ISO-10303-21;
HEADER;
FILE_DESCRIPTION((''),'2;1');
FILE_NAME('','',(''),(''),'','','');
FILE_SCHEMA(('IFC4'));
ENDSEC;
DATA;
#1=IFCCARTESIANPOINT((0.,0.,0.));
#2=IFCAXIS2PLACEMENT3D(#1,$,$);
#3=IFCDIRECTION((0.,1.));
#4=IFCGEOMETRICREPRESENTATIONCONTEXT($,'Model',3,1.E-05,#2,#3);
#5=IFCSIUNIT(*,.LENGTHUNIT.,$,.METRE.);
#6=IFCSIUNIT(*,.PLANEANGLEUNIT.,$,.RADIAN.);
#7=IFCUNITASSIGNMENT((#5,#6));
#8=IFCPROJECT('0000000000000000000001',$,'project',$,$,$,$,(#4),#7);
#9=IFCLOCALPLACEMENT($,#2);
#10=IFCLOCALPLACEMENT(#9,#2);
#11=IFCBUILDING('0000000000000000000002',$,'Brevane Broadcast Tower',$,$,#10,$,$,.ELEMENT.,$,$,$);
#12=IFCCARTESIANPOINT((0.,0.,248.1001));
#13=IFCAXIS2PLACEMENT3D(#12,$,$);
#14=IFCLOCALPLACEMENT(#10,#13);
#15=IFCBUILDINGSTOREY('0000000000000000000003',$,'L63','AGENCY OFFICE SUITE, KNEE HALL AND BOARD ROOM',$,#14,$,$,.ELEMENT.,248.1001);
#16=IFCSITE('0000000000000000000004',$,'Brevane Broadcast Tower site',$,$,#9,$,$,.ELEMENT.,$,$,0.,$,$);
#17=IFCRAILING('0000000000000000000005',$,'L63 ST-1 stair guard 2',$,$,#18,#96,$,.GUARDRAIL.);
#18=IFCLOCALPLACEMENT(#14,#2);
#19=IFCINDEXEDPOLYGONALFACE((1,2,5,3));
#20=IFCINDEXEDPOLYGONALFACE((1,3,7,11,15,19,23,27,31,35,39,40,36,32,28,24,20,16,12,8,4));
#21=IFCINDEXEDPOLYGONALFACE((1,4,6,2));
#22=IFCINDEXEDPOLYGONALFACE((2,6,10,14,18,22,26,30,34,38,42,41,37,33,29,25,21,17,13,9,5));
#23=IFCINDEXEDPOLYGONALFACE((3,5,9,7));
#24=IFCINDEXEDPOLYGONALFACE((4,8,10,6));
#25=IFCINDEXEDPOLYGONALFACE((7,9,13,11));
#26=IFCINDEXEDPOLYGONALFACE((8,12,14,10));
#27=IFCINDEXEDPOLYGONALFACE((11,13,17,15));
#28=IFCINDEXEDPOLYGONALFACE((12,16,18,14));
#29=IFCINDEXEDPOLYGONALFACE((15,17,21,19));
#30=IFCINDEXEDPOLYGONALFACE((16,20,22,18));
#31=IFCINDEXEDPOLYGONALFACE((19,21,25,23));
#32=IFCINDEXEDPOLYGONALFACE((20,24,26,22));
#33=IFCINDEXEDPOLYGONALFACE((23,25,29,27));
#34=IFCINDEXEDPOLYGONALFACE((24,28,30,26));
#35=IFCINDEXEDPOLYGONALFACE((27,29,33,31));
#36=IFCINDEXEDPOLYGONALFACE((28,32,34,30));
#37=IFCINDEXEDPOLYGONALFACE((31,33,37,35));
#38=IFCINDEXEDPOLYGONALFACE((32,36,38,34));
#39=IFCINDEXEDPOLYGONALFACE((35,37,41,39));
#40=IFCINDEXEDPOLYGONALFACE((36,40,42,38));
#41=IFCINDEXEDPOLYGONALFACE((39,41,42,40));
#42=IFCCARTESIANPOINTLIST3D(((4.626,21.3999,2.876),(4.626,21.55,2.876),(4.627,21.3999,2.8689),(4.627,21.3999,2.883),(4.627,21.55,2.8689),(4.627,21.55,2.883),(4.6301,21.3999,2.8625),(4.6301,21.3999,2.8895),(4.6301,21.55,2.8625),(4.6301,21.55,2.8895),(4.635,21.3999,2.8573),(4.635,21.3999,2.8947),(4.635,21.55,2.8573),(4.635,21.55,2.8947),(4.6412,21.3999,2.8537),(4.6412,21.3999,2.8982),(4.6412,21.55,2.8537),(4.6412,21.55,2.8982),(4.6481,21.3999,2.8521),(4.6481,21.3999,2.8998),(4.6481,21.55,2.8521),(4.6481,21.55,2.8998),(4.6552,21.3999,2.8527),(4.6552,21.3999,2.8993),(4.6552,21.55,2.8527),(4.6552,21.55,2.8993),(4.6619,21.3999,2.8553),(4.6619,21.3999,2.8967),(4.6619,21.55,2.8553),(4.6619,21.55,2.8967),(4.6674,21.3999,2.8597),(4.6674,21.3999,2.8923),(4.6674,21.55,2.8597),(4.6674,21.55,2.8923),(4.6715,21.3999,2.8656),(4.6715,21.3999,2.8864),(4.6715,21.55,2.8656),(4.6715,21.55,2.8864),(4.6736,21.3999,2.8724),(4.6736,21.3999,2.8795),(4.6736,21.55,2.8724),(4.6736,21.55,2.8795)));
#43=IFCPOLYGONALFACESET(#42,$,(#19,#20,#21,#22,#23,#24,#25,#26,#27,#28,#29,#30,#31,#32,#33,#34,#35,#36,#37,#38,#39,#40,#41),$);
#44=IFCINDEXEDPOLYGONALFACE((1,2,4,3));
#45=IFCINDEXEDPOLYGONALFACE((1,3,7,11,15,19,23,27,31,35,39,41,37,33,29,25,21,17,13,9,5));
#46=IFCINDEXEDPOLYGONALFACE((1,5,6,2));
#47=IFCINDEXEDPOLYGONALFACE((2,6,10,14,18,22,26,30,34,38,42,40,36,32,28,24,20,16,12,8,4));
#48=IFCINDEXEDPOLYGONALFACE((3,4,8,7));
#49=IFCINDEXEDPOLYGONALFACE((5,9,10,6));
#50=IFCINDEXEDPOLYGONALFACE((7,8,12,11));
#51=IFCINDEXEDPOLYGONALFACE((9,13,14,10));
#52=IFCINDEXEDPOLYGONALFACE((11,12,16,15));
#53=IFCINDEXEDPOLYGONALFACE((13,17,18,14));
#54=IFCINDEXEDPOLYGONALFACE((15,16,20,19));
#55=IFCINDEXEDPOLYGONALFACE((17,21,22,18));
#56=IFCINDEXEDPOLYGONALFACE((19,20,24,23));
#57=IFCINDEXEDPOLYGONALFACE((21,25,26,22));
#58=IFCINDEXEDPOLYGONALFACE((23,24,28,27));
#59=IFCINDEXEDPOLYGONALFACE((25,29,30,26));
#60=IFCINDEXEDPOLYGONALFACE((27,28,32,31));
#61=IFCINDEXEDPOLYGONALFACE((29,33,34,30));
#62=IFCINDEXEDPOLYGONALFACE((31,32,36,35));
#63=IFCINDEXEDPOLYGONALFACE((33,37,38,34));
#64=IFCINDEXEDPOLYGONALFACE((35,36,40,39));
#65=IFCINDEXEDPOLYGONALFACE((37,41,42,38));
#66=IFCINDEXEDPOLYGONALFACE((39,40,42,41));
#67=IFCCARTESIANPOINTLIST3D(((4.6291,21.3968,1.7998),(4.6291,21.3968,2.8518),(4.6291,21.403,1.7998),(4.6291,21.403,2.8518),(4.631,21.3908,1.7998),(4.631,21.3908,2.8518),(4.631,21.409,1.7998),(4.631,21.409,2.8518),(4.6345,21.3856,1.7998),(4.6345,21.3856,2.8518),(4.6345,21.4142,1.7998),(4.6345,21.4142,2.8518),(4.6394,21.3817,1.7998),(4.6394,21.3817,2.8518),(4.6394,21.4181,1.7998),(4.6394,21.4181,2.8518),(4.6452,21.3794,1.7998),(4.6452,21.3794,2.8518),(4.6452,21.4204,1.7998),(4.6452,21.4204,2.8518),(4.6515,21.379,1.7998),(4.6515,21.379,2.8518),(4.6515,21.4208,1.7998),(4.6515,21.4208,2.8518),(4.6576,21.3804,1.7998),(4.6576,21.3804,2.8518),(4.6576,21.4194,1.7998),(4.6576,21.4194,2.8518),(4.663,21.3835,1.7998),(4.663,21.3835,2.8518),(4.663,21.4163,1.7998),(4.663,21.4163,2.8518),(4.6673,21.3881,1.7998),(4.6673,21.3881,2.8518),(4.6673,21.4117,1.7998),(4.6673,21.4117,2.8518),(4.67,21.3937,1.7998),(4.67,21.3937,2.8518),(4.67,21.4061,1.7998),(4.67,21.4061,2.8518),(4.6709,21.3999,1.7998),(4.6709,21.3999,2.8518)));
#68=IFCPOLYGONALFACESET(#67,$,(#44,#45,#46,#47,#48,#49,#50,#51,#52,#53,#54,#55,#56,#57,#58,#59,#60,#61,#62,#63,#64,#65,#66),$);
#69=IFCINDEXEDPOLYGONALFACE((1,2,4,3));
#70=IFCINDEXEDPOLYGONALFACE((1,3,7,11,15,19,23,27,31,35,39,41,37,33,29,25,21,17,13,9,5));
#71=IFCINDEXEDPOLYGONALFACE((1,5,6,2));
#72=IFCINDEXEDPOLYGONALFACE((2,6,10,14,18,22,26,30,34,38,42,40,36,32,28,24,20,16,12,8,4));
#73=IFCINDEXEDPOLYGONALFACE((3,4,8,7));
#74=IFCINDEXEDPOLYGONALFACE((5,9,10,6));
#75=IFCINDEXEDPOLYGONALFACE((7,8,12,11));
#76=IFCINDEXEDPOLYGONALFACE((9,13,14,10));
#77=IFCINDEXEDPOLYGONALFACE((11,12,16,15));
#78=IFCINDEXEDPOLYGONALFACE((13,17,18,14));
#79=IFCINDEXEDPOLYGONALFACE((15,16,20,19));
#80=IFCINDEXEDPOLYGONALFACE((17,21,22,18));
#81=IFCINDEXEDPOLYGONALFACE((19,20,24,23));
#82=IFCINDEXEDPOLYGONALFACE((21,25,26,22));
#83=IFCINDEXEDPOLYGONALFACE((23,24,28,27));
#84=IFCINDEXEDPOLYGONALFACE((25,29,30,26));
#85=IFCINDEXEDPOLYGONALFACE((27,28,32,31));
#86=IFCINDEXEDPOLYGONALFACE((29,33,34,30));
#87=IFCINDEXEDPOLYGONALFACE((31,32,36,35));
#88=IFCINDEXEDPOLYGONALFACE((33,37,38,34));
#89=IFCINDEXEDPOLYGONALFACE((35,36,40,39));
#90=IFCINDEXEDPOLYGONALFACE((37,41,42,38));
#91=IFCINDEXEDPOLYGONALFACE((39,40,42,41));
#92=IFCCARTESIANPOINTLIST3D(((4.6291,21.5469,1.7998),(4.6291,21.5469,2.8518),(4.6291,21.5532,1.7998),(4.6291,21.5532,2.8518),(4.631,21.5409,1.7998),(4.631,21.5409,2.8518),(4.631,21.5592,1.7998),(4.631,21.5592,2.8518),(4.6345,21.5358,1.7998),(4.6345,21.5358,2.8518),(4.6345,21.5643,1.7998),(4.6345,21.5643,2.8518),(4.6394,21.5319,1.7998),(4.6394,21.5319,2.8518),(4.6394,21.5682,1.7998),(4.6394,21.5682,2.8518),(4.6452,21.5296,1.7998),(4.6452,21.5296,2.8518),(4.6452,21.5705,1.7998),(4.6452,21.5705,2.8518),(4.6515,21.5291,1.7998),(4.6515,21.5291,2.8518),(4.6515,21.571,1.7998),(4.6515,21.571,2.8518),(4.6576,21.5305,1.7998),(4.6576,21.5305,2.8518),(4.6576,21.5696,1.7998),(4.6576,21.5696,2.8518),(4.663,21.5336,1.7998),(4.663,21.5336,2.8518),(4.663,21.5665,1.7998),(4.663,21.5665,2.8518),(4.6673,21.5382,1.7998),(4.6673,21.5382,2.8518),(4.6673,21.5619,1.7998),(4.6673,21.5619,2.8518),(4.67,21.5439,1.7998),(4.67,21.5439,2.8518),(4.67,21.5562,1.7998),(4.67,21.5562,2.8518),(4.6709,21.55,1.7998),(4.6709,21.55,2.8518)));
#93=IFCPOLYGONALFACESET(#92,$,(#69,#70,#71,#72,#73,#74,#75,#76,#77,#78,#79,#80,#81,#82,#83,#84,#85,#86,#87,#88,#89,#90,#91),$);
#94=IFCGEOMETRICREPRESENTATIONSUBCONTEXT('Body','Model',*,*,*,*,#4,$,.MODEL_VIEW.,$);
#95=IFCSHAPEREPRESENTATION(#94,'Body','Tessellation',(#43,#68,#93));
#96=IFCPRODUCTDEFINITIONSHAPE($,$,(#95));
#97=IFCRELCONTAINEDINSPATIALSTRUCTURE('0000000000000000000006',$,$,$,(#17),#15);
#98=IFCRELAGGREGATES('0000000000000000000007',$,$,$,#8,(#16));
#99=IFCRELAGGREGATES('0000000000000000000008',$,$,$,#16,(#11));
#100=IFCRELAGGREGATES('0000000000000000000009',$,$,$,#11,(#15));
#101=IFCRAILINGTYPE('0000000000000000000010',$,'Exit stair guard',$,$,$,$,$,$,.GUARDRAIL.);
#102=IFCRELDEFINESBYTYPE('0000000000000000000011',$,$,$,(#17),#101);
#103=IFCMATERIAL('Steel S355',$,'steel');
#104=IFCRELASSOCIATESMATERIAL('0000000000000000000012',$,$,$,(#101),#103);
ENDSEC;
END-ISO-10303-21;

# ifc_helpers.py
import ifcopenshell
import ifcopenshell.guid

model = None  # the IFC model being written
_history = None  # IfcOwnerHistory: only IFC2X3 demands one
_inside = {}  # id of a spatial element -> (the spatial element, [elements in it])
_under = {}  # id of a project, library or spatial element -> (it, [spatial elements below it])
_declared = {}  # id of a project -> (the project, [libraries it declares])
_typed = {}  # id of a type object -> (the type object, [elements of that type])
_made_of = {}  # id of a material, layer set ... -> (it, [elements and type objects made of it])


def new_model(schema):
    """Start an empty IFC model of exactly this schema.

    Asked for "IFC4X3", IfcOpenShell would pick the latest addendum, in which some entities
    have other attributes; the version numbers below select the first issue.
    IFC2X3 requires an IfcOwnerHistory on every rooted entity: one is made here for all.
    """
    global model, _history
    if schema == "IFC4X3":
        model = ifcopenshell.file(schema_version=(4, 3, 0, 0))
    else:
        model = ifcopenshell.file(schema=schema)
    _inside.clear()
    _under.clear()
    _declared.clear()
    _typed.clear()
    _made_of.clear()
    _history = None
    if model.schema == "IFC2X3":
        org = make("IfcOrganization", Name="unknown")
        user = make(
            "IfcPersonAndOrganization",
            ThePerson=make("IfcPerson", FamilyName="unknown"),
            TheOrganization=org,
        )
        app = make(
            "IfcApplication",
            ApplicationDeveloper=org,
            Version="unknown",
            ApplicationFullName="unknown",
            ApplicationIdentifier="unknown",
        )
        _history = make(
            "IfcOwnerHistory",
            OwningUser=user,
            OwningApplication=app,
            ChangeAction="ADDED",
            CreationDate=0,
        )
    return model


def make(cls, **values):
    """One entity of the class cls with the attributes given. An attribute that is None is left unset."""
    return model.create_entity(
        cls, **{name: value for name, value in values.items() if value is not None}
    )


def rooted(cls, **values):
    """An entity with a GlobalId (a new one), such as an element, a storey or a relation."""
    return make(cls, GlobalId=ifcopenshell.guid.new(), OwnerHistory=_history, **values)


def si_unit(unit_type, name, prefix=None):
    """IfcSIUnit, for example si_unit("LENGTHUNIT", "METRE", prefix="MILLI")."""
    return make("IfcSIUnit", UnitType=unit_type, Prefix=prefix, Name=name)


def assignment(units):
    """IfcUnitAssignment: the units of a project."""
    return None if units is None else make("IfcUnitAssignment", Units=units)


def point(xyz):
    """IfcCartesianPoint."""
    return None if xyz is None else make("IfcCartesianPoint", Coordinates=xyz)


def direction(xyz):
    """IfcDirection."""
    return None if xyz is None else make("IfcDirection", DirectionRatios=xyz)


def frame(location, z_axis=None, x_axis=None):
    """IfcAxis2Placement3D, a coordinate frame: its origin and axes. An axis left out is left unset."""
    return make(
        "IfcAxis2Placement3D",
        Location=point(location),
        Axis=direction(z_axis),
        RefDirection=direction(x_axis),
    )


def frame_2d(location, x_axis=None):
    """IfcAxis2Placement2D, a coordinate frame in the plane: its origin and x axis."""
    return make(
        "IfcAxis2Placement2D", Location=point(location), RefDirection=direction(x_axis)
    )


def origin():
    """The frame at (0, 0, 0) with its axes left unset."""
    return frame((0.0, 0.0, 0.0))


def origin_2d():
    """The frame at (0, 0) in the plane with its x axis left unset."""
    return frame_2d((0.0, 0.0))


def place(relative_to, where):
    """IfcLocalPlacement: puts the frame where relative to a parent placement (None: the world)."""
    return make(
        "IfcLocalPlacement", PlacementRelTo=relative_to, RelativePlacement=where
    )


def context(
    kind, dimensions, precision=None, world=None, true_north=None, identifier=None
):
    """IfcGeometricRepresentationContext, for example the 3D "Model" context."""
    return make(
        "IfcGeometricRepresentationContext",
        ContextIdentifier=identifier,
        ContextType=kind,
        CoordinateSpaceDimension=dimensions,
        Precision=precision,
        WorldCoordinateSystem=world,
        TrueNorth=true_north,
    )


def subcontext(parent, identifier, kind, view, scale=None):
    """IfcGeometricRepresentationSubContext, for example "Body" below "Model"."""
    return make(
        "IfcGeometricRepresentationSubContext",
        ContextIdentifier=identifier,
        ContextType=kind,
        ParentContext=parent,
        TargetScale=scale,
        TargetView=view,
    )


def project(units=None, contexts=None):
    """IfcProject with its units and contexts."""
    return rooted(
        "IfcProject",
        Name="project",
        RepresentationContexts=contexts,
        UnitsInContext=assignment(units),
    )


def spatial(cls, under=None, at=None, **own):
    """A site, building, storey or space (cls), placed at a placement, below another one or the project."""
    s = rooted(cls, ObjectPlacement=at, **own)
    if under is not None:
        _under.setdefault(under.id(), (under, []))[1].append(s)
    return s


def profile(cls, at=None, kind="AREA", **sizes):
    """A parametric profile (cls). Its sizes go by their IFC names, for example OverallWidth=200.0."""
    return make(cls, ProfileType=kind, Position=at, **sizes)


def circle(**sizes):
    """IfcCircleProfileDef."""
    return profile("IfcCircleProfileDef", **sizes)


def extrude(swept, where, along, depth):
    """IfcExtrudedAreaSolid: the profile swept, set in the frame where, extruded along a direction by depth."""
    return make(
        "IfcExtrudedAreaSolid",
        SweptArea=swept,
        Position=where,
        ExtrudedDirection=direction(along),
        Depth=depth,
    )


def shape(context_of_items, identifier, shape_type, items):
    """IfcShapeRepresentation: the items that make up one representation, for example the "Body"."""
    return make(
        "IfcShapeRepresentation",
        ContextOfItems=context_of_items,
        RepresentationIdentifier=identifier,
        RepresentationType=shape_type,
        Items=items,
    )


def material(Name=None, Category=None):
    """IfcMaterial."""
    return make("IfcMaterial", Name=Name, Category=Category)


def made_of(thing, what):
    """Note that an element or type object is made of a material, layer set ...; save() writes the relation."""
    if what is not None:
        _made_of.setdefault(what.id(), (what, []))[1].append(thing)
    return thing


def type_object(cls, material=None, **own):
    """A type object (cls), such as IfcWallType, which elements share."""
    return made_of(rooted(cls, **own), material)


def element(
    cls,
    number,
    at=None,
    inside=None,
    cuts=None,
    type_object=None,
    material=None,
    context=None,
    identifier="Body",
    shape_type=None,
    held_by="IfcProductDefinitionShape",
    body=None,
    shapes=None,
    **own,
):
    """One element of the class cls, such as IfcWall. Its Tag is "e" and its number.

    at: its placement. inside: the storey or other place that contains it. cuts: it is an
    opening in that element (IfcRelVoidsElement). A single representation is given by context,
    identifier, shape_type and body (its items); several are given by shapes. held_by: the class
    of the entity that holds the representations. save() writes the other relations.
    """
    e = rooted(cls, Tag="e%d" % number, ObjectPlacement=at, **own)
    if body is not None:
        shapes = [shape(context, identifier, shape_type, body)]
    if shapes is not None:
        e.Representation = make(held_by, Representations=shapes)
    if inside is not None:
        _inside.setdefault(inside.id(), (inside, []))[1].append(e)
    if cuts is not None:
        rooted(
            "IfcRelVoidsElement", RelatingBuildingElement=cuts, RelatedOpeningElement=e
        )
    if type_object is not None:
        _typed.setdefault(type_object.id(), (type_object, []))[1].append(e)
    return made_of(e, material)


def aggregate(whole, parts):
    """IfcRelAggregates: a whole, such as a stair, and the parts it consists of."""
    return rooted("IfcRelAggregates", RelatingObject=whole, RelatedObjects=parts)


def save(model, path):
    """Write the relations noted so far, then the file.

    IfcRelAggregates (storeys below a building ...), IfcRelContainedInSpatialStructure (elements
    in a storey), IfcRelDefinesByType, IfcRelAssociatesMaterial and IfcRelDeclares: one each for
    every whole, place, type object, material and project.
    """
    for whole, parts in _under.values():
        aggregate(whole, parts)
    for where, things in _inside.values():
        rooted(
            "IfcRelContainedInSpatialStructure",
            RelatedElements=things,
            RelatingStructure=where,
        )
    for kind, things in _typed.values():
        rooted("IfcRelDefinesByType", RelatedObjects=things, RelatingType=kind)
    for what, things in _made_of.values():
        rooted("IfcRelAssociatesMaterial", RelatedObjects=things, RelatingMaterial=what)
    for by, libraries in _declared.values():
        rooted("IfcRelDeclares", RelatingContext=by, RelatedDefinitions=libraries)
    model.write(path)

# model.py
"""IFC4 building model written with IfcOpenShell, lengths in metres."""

from ifc_helpers import new_model, si_unit, direction, frame, origin, origin_2d, place, context, subcontext, project, spatial, circle, extrude, material, type_object, element, save


model = new_model("IFC4")

# Units and contexts
model_context = context("Model", 3, precision=1e-05, world=origin(), true_north=direction((0.0, 1.0)))
body_context = subcontext(model_context, "Body", "Model", "MODEL_VIEW")
ifc_project = project(units=[si_unit("LENGTHUNIT", "METRE"), si_unit("PLANEANGLEUNIT", "RADIAN")], contexts=[model_context])

# Site, building, storey
site_placement = place(None, origin())
site = spatial("IfcSite", under=ifc_project, at=site_placement, Name="Brevane Broadcast Tower site", CompositionType="ELEMENT", RefElevation=0.0)
building_placement = place(site_placement, origin())
building = spatial("IfcBuilding", under=site, at=building_placement, Name="Brevane Broadcast Tower", CompositionType="ELEMENT")
storey_placement = place(building_placement, frame((0.0, 0.0, 248.1001)))
storey = spatial("IfcBuildingStorey", under=building, at=storey_placement, Name="L63", Description="AGENCY OFFICE SUITE, KNEE HALL AND BOARD ROOM", CompositionType="ELEMENT", Elevation=248.1001)

# Railing
ifc_material_1 = material(Name="Steel S355", Category="steel")
railing_type_1 = type_object("IfcRailingType", Name="Exit stair guard", PredefinedType="GUARDRAIL", material=ifc_material_1)
railing_1_placement = place(storey_placement, frame((4.6499, 21.3999, 1.7998)))
element("IfcRailing", 1, at=railing_1_placement, inside=storey, type_object=railing_type_1, Name="L63 ST-1 stair guard 2", PredefinedType="GUARDRAIL", context=body_context, shape_type="SweptSolid", body=[
    extrude(circle(Radius=0.0239, at=origin_2d()), frame((0.0, 0.0, 1.0762), z_axis=(0.0, 1.0, 0.0), x_axis=(-1.0, 0.0, 0.0)), (0.0, 0.0, 1.0), 0.1501),
    extrude(circle(Radius=0.021, at=origin_2d()), origin(), (0.0, 0.0, 1.0), 1.052),
    extrude(circle(Radius=0.021, at=origin_2d()), frame((0.0, 0.1501, 0.0)), (0.0, 0.0, 1.0), 1.052),
])

save(model, "model.ifc")
